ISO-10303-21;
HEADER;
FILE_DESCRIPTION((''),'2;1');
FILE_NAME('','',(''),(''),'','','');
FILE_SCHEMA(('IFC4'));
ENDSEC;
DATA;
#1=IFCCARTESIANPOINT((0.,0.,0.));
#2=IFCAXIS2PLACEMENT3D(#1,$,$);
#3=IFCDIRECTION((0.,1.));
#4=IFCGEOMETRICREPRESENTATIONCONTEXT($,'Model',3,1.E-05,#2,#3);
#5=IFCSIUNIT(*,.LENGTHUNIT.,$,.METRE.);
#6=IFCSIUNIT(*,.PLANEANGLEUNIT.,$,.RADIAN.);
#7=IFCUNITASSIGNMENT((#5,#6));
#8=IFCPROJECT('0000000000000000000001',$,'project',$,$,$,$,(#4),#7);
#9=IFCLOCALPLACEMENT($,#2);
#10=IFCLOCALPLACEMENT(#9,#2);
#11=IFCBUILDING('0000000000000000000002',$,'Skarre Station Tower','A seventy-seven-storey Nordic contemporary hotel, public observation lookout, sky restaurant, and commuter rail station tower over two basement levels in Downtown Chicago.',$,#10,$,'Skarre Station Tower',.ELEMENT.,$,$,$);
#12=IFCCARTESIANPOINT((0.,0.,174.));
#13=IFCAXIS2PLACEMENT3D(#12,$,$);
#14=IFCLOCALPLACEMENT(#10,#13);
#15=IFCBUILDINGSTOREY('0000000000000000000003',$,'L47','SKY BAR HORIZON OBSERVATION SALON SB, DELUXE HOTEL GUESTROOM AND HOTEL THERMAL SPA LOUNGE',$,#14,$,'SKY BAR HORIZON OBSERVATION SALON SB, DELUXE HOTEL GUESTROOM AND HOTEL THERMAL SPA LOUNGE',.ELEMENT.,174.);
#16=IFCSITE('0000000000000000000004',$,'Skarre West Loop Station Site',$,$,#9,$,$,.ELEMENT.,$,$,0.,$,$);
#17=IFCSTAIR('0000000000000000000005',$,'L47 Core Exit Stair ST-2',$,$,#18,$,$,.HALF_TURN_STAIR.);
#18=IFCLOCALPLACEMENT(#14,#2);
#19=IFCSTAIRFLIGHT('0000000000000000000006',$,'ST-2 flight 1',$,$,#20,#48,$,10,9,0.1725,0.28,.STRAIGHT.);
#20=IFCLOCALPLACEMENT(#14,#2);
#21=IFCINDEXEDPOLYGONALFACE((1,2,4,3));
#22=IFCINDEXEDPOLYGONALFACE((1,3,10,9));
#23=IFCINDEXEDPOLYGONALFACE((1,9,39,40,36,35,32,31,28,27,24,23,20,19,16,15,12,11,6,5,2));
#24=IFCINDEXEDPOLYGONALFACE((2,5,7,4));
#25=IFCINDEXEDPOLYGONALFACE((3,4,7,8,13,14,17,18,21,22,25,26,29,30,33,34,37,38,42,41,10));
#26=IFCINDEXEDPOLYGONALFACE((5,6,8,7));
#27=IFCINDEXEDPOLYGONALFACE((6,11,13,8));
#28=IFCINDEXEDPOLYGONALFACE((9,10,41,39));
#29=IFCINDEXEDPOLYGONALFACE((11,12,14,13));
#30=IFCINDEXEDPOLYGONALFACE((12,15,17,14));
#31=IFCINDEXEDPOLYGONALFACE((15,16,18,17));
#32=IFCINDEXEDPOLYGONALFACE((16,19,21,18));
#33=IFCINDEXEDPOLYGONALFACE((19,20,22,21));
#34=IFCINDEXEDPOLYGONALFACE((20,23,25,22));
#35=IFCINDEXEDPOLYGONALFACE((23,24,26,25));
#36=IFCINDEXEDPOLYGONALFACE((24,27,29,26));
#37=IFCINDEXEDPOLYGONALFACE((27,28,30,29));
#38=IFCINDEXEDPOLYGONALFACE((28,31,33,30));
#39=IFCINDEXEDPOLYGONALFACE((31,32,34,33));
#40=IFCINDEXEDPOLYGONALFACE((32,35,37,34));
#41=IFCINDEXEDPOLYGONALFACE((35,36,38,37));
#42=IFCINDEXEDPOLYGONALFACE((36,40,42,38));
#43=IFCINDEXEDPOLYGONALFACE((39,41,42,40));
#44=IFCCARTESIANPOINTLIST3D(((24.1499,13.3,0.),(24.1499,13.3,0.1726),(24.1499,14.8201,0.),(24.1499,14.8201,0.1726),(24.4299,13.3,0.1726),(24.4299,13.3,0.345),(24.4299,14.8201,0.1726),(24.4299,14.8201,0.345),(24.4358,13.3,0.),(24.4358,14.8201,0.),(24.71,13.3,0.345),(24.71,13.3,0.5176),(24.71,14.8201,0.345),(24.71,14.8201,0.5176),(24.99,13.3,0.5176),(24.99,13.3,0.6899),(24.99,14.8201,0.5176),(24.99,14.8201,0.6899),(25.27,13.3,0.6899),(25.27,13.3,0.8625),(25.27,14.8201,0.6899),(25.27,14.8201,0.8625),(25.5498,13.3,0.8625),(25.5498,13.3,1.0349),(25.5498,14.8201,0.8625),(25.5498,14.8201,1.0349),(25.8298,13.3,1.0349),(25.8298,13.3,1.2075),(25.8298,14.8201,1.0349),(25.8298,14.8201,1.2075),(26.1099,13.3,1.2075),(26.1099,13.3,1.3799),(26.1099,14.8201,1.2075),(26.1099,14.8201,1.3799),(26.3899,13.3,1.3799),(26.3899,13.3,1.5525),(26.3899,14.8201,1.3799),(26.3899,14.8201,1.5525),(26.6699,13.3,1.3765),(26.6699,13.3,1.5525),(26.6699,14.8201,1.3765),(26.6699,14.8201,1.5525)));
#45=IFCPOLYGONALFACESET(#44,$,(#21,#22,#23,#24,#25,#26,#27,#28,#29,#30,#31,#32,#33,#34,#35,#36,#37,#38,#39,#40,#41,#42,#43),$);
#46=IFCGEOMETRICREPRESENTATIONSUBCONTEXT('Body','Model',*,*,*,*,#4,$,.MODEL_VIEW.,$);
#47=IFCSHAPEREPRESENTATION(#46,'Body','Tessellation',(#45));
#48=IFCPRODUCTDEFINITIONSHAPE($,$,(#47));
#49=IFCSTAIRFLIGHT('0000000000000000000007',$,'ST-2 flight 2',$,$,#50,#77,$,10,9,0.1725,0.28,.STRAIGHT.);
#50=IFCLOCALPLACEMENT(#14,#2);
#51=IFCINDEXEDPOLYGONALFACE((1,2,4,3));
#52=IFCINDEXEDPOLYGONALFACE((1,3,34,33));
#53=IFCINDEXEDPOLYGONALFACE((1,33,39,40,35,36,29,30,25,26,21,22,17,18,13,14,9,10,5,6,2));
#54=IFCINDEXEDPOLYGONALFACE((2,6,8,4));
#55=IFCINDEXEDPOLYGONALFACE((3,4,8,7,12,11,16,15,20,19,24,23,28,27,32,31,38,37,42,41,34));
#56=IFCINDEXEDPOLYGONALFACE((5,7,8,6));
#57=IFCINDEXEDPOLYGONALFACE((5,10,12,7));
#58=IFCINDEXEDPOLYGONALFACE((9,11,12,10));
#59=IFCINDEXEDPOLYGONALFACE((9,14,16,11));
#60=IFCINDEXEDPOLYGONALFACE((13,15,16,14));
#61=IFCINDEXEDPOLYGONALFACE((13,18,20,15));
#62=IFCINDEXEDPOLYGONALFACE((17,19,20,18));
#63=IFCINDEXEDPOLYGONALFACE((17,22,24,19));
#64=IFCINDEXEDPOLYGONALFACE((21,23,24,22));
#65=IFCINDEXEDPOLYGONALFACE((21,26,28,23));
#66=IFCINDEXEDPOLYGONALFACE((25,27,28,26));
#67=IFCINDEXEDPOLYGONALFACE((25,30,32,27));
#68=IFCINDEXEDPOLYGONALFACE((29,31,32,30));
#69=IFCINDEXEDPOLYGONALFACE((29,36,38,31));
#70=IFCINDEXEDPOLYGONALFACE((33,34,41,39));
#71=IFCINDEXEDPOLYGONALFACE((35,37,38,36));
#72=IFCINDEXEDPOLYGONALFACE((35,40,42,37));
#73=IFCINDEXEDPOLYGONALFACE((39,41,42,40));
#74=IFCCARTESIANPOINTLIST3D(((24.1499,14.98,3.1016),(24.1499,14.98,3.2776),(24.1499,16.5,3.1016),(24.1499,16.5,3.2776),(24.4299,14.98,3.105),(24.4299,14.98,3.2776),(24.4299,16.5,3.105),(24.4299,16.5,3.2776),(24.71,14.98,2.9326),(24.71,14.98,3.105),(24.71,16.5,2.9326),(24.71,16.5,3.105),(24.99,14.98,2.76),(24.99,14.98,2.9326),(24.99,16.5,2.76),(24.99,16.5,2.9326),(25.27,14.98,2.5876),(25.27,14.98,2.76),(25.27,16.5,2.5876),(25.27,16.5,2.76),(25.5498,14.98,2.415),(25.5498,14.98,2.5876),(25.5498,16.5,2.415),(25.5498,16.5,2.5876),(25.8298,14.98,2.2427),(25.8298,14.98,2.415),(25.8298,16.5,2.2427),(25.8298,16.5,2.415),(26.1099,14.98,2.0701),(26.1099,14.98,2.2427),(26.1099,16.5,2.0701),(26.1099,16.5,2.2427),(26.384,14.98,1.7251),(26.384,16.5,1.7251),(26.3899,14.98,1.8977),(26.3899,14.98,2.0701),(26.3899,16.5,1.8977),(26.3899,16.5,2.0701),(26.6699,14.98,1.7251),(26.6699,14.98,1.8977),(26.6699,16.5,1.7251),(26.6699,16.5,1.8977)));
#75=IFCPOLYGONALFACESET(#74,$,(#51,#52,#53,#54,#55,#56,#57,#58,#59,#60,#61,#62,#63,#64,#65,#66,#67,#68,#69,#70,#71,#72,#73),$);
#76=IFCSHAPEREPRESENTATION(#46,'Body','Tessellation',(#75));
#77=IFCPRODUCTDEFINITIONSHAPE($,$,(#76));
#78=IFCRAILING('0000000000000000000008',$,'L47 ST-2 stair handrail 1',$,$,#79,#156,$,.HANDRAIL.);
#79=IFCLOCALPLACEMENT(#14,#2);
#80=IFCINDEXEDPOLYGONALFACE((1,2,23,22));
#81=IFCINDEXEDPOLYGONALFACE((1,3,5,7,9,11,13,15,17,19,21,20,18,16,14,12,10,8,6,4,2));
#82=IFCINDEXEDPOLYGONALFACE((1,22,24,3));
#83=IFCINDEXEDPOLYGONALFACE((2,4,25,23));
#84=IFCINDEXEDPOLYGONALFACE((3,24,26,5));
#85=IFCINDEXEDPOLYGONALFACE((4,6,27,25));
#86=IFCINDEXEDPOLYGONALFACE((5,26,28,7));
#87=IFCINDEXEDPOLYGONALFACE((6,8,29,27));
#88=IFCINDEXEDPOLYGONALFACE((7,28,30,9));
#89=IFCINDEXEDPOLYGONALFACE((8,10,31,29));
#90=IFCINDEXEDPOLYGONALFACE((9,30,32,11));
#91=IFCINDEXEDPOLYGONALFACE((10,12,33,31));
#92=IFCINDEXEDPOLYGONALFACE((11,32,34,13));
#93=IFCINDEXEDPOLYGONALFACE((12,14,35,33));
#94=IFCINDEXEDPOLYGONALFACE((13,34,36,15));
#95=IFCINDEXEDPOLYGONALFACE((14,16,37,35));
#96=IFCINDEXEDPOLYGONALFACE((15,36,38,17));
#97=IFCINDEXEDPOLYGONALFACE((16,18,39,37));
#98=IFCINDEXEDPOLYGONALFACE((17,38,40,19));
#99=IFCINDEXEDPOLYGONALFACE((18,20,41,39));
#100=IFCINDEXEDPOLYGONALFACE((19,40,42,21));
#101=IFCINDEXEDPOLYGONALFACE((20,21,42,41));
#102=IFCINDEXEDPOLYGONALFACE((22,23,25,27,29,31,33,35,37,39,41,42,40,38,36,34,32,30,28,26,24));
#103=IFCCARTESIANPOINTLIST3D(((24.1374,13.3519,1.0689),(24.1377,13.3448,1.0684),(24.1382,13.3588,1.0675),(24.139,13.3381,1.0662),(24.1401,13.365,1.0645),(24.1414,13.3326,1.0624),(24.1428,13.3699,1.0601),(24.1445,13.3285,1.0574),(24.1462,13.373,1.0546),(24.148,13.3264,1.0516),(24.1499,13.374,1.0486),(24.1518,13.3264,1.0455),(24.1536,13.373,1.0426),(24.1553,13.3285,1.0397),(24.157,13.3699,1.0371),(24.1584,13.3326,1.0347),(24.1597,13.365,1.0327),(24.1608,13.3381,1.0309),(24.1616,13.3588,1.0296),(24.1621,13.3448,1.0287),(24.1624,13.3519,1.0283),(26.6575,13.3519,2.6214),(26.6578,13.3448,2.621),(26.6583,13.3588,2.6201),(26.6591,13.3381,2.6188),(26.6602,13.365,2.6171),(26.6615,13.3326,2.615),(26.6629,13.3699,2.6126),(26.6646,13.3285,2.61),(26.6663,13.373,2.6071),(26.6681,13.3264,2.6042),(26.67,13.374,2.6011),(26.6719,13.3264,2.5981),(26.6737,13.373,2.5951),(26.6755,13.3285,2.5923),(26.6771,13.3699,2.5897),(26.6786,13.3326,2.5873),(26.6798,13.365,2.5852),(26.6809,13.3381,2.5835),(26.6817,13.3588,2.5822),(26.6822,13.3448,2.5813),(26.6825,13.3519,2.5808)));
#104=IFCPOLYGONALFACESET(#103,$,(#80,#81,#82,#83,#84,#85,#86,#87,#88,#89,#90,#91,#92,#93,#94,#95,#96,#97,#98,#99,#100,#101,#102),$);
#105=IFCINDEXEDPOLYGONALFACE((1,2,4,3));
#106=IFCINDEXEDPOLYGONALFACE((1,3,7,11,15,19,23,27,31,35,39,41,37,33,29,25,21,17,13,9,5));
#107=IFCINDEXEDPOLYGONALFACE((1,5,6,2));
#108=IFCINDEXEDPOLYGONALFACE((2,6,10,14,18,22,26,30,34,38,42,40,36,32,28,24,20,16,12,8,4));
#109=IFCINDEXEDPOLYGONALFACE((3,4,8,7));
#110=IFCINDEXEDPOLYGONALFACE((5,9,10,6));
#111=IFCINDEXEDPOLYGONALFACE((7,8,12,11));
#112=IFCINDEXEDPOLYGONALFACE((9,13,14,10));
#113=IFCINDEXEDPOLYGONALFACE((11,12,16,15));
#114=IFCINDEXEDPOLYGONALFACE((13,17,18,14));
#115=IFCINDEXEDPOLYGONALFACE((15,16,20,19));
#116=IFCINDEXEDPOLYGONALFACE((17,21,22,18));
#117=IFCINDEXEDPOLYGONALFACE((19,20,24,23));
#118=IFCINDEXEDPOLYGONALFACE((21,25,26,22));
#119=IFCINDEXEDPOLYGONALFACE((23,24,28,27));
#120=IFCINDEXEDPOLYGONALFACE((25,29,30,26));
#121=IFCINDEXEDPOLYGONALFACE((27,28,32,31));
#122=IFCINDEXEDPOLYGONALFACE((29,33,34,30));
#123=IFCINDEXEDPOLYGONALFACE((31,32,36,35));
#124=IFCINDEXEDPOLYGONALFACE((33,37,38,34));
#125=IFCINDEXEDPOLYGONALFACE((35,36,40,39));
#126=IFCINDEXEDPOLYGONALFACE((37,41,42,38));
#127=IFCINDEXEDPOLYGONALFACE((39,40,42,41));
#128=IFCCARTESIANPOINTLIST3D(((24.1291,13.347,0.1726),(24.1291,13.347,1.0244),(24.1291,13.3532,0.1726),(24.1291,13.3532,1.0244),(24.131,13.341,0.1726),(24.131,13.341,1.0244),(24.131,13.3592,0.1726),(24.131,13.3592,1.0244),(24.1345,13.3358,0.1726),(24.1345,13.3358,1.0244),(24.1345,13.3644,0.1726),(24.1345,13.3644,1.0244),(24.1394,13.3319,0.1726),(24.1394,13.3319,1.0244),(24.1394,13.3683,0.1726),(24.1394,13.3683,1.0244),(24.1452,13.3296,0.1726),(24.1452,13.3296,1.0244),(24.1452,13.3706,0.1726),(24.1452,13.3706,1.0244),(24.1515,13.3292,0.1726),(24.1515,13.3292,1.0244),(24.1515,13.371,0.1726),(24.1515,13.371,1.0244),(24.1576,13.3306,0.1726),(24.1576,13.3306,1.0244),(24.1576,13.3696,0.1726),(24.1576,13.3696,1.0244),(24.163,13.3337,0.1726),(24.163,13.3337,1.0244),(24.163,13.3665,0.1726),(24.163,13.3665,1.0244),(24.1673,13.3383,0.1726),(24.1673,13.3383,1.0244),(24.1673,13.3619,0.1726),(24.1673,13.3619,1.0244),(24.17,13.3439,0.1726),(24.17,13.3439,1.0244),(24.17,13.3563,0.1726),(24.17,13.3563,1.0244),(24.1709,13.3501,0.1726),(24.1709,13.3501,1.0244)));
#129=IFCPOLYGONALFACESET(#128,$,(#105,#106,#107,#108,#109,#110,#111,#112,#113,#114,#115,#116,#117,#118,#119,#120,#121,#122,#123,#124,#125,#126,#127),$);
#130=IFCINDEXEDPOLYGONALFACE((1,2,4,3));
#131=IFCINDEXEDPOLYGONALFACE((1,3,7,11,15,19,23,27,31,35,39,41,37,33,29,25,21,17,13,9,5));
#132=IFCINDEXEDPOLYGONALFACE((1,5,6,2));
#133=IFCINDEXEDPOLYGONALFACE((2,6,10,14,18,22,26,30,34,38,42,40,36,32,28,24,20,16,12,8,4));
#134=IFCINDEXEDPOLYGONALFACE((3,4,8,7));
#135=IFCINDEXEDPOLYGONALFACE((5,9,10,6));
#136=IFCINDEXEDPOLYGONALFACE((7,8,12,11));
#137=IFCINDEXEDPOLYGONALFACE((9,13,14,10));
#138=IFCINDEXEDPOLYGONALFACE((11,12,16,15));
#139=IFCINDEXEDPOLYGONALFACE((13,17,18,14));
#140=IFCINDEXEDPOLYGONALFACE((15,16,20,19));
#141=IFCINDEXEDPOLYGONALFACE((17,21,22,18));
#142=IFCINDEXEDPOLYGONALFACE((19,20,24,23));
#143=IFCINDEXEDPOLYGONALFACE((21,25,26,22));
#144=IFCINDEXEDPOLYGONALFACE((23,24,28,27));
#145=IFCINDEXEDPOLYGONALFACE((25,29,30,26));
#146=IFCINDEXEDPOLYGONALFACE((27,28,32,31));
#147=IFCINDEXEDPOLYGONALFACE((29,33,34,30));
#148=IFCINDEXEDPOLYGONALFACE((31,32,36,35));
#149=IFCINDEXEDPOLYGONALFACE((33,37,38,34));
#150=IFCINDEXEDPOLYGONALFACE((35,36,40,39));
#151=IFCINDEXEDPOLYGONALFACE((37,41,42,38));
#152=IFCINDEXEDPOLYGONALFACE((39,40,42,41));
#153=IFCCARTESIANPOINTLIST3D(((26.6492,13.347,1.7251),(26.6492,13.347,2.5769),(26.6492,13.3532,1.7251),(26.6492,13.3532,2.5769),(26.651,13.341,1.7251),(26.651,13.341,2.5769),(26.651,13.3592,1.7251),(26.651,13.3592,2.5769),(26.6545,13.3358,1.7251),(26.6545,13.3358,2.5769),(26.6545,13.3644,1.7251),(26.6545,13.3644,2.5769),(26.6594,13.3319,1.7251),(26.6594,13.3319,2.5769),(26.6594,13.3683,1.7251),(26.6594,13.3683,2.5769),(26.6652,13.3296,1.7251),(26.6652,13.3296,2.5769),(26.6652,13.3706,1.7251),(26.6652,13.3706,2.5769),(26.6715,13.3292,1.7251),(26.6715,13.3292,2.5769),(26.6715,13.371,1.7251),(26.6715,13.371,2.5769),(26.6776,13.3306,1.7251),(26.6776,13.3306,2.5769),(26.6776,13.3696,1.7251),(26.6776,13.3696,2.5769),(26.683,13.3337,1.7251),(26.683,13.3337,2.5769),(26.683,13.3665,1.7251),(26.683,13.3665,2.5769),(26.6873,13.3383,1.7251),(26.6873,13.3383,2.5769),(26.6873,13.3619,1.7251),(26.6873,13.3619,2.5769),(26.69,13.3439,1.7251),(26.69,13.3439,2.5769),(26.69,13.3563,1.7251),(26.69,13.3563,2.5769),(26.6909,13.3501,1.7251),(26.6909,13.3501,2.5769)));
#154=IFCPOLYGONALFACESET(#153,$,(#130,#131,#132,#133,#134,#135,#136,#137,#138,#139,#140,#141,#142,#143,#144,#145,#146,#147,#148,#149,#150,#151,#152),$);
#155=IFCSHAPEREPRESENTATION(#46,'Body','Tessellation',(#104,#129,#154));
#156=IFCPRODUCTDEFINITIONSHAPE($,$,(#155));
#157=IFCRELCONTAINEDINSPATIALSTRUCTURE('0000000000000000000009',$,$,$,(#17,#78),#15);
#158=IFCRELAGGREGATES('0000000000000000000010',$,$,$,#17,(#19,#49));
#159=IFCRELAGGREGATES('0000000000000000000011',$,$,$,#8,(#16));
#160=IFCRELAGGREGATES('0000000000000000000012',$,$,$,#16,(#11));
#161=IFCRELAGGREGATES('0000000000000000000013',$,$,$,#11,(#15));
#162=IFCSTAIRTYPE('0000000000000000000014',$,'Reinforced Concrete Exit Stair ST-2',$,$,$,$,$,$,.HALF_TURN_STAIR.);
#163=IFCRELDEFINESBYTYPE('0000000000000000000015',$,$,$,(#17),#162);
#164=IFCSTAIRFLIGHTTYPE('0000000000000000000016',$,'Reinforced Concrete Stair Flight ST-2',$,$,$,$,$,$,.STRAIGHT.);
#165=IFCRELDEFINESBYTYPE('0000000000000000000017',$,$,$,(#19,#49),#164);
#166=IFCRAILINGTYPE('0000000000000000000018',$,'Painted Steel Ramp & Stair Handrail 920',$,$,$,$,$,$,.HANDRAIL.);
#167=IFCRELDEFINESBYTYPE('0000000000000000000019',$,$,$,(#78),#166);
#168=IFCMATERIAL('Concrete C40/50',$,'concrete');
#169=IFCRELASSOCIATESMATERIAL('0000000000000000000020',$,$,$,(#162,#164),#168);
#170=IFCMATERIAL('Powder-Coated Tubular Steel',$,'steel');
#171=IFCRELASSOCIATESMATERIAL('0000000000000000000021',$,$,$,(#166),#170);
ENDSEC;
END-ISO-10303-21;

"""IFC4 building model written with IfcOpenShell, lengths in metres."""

from ifc_helpers import new_model, si_unit, direction, frame, origin, origin_2d, place, context, subcontext, project, spatial, polyline, circle, outline, extrude, material, type_object, element, aggregate, save


model = new_model("IFC4")

# Units and contexts
model_context = context("Model", 3, precision=1e-05, world=origin(), true_north=direction((0.0, 1.0)))
body_context = subcontext(model_context, "Body", "Model", "MODEL_VIEW")
ifc_project = project(units=[si_unit("LENGTHUNIT", "METRE"), si_unit("PLANEANGLEUNIT", "RADIAN")], contexts=[model_context])

# Site, building, storey
site_placement = place(None, origin())
site = spatial("IfcSite", under=ifc_project, at=site_placement, Name="Skarre West Loop Station Site", CompositionType="ELEMENT", RefElevation=0.0)
building_placement = place(site_placement, origin())
building = spatial("IfcBuilding", under=site, at=building_placement, Name="Skarre Station Tower", Description="A seventy-seven-storey Nordic contemporary hotel, public observation lookout, sky restaurant, and commuter rail station tower over two basement levels in Downtown Chicago.", LongName="Skarre Station Tower", CompositionType="ELEMENT")
storey_placement = place(building_placement, frame((0.0, 0.0, 174.0)))
storey = spatial("IfcBuildingStorey", under=building, at=storey_placement, Name="L47", Description="SKY BAR HORIZON OBSERVATION SALON SB, DELUXE HOTEL GUESTROOM AND HOTEL THERMAL SPA LOUNGE", LongName="SKY BAR HORIZON OBSERVATION SALON SB, DELUXE HOTEL GUESTROOM AND HOTEL THERMAL SPA LOUNGE", CompositionType="ELEMENT", Elevation=174.0)

# Stair, stair flights
ifc_material_1 = material(Name="Concrete C40/50", Category="concrete")
stair_type = type_object("IfcStairType", Name="Reinforced Concrete Exit Stair ST-2", PredefinedType="HALF_TURN_STAIR", material=ifc_material_1)
stair_placement = place(storey_placement, origin())
stair = element("IfcStair", 1, at=stair_placement, inside=storey, type_object=stair_type, Name="L47 Core Exit Stair ST-2", PredefinedType="HALF_TURN_STAIR")
stair_flight_type = type_object("IfcStairFlightType", Name="Reinforced Concrete Stair Flight ST-2", PredefinedType="STRAIGHT", material=ifc_material_1)
stair_flight_1_placement = place(storey_placement, frame((24.1499, 14.0601, 0.0), z_axis=(0.0, 0.0, 1.0), x_axis=(1.0, 0.0, 0.0)))
stair_flight_1 = element("IfcStairFlight", 2, at=stair_flight_1_placement, type_object=stair_flight_type, Name="ST-2 flight 1", NumberOfRisers=10, NumberOfTreads=9, PredefinedType="STRAIGHT", RiserHeight=0.1725, TreadLength=0.28, context=body_context, shape_type="SweptSolid", body=[
    extrude(outline(polyline([(0.0, 0.0), (0.0, 0.1726), (0.28, 0.1726), (0.28, 0.345), (0.5601, 0.345), (0.5601, 0.5176), (0.8401, 0.5176), (0.8401, 0.6899), (1.1201, 0.6899), (1.1201, 0.8625), (1.3999, 0.8625), (1.3999, 1.0349), (1.6799, 1.0349), (1.6799, 1.2075), (1.96, 1.2075), (1.96, 1.3799), (2.24, 1.3799), (2.24, 1.5525), (2.52, 1.5525), (2.52, 1.7251), (2.52, 1.3765), (0.2859, 0.0), (0.0, 0.0)])), frame((0.0, 0.76, 0.0), z_axis=(0.0, -1.0, 0.0), x_axis=(1.0, 0.0, 0.0)), (0.0, 0.0, 1.0), 1.52),
])
stair_flight_2_placement = place(storey_placement, frame((26.6699, 15.74, 1.7251), z_axis=(0.0, 0.0, 1.0), x_axis=(-1.0, 0.0, 0.0)))
stair_flight_2 = element("IfcStairFlight", 3, at=stair_flight_2_placement, type_object=stair_flight_type, Name="ST-2 flight 2", NumberOfRisers=10, NumberOfTreads=9, PredefinedType="STRAIGHT", RiserHeight=0.1725, TreadLength=0.28, context=body_context, shape_type="SweptSolid", body=[
    extrude(outline(polyline([(0.0, 0.0), (0.0, 0.1726), (0.28, 0.1726), (0.28, 0.345), (0.5601, 0.345), (0.5601, 0.5176), (0.8401, 0.5176), (0.8401, 0.6899), (1.1201, 0.6899), (1.1201, 0.8625), (1.3999, 0.8625), (1.3999, 1.0349), (1.6799, 1.0349), (1.6799, 1.2075), (1.96, 1.2075), (1.96, 1.3799), (2.24, 1.3799), (2.24, 1.5525), (2.52, 1.5525), (2.52, 1.7251), (2.52, 1.3765), (0.2859, 0.0), (0.0, 0.0)])), frame((0.0, 0.76, 0.0), z_axis=(0.0, -1.0, 0.0), x_axis=(1.0, 0.0, 0.0)), (0.0, 0.0, 1.0), 1.52),
])
aggregate(stair, [stair_flight_1, stair_flight_2])

# Railing
ifc_material_2 = material(Name="Powder-Coated Tubular Steel", Category="steel")
railing_type_1 = type_object("IfcRailingType", Name="Painted Steel Ramp & Stair Handrail 920", PredefinedType="HANDRAIL", material=ifc_material_2)
railing_1_placement = place(storey_placement, frame((24.1499, 13.3501, 0.1726)))
element("IfcRailing", 4, at=railing_1_placement, inside=storey, type_object=railing_type_1, Name="L47 ST-2 stair handrail 1", PredefinedType="HANDRAIL", context=body_context, shape_type="SweptSolid", body=[
    extrude(circle(Radius=0.0239, at=origin_2d()), frame((0.0, 0.0, 0.876), z_axis=(0.8514, 0.0, 0.524516), x_axis=(0.0, 1.0, 0.0)), (0.0, 0.0, 1.0), 2.96),
    extrude(circle(Radius=0.021, at=origin_2d()), origin(), (0.0, 0.0, 1.0), 0.8518),
    extrude(circle(Radius=0.021, at=origin_2d()), frame((2.52, 0.0, 1.5525)), (0.0, 0.0, 1.0), 0.8518),
])

save(model, "model.ifc")
